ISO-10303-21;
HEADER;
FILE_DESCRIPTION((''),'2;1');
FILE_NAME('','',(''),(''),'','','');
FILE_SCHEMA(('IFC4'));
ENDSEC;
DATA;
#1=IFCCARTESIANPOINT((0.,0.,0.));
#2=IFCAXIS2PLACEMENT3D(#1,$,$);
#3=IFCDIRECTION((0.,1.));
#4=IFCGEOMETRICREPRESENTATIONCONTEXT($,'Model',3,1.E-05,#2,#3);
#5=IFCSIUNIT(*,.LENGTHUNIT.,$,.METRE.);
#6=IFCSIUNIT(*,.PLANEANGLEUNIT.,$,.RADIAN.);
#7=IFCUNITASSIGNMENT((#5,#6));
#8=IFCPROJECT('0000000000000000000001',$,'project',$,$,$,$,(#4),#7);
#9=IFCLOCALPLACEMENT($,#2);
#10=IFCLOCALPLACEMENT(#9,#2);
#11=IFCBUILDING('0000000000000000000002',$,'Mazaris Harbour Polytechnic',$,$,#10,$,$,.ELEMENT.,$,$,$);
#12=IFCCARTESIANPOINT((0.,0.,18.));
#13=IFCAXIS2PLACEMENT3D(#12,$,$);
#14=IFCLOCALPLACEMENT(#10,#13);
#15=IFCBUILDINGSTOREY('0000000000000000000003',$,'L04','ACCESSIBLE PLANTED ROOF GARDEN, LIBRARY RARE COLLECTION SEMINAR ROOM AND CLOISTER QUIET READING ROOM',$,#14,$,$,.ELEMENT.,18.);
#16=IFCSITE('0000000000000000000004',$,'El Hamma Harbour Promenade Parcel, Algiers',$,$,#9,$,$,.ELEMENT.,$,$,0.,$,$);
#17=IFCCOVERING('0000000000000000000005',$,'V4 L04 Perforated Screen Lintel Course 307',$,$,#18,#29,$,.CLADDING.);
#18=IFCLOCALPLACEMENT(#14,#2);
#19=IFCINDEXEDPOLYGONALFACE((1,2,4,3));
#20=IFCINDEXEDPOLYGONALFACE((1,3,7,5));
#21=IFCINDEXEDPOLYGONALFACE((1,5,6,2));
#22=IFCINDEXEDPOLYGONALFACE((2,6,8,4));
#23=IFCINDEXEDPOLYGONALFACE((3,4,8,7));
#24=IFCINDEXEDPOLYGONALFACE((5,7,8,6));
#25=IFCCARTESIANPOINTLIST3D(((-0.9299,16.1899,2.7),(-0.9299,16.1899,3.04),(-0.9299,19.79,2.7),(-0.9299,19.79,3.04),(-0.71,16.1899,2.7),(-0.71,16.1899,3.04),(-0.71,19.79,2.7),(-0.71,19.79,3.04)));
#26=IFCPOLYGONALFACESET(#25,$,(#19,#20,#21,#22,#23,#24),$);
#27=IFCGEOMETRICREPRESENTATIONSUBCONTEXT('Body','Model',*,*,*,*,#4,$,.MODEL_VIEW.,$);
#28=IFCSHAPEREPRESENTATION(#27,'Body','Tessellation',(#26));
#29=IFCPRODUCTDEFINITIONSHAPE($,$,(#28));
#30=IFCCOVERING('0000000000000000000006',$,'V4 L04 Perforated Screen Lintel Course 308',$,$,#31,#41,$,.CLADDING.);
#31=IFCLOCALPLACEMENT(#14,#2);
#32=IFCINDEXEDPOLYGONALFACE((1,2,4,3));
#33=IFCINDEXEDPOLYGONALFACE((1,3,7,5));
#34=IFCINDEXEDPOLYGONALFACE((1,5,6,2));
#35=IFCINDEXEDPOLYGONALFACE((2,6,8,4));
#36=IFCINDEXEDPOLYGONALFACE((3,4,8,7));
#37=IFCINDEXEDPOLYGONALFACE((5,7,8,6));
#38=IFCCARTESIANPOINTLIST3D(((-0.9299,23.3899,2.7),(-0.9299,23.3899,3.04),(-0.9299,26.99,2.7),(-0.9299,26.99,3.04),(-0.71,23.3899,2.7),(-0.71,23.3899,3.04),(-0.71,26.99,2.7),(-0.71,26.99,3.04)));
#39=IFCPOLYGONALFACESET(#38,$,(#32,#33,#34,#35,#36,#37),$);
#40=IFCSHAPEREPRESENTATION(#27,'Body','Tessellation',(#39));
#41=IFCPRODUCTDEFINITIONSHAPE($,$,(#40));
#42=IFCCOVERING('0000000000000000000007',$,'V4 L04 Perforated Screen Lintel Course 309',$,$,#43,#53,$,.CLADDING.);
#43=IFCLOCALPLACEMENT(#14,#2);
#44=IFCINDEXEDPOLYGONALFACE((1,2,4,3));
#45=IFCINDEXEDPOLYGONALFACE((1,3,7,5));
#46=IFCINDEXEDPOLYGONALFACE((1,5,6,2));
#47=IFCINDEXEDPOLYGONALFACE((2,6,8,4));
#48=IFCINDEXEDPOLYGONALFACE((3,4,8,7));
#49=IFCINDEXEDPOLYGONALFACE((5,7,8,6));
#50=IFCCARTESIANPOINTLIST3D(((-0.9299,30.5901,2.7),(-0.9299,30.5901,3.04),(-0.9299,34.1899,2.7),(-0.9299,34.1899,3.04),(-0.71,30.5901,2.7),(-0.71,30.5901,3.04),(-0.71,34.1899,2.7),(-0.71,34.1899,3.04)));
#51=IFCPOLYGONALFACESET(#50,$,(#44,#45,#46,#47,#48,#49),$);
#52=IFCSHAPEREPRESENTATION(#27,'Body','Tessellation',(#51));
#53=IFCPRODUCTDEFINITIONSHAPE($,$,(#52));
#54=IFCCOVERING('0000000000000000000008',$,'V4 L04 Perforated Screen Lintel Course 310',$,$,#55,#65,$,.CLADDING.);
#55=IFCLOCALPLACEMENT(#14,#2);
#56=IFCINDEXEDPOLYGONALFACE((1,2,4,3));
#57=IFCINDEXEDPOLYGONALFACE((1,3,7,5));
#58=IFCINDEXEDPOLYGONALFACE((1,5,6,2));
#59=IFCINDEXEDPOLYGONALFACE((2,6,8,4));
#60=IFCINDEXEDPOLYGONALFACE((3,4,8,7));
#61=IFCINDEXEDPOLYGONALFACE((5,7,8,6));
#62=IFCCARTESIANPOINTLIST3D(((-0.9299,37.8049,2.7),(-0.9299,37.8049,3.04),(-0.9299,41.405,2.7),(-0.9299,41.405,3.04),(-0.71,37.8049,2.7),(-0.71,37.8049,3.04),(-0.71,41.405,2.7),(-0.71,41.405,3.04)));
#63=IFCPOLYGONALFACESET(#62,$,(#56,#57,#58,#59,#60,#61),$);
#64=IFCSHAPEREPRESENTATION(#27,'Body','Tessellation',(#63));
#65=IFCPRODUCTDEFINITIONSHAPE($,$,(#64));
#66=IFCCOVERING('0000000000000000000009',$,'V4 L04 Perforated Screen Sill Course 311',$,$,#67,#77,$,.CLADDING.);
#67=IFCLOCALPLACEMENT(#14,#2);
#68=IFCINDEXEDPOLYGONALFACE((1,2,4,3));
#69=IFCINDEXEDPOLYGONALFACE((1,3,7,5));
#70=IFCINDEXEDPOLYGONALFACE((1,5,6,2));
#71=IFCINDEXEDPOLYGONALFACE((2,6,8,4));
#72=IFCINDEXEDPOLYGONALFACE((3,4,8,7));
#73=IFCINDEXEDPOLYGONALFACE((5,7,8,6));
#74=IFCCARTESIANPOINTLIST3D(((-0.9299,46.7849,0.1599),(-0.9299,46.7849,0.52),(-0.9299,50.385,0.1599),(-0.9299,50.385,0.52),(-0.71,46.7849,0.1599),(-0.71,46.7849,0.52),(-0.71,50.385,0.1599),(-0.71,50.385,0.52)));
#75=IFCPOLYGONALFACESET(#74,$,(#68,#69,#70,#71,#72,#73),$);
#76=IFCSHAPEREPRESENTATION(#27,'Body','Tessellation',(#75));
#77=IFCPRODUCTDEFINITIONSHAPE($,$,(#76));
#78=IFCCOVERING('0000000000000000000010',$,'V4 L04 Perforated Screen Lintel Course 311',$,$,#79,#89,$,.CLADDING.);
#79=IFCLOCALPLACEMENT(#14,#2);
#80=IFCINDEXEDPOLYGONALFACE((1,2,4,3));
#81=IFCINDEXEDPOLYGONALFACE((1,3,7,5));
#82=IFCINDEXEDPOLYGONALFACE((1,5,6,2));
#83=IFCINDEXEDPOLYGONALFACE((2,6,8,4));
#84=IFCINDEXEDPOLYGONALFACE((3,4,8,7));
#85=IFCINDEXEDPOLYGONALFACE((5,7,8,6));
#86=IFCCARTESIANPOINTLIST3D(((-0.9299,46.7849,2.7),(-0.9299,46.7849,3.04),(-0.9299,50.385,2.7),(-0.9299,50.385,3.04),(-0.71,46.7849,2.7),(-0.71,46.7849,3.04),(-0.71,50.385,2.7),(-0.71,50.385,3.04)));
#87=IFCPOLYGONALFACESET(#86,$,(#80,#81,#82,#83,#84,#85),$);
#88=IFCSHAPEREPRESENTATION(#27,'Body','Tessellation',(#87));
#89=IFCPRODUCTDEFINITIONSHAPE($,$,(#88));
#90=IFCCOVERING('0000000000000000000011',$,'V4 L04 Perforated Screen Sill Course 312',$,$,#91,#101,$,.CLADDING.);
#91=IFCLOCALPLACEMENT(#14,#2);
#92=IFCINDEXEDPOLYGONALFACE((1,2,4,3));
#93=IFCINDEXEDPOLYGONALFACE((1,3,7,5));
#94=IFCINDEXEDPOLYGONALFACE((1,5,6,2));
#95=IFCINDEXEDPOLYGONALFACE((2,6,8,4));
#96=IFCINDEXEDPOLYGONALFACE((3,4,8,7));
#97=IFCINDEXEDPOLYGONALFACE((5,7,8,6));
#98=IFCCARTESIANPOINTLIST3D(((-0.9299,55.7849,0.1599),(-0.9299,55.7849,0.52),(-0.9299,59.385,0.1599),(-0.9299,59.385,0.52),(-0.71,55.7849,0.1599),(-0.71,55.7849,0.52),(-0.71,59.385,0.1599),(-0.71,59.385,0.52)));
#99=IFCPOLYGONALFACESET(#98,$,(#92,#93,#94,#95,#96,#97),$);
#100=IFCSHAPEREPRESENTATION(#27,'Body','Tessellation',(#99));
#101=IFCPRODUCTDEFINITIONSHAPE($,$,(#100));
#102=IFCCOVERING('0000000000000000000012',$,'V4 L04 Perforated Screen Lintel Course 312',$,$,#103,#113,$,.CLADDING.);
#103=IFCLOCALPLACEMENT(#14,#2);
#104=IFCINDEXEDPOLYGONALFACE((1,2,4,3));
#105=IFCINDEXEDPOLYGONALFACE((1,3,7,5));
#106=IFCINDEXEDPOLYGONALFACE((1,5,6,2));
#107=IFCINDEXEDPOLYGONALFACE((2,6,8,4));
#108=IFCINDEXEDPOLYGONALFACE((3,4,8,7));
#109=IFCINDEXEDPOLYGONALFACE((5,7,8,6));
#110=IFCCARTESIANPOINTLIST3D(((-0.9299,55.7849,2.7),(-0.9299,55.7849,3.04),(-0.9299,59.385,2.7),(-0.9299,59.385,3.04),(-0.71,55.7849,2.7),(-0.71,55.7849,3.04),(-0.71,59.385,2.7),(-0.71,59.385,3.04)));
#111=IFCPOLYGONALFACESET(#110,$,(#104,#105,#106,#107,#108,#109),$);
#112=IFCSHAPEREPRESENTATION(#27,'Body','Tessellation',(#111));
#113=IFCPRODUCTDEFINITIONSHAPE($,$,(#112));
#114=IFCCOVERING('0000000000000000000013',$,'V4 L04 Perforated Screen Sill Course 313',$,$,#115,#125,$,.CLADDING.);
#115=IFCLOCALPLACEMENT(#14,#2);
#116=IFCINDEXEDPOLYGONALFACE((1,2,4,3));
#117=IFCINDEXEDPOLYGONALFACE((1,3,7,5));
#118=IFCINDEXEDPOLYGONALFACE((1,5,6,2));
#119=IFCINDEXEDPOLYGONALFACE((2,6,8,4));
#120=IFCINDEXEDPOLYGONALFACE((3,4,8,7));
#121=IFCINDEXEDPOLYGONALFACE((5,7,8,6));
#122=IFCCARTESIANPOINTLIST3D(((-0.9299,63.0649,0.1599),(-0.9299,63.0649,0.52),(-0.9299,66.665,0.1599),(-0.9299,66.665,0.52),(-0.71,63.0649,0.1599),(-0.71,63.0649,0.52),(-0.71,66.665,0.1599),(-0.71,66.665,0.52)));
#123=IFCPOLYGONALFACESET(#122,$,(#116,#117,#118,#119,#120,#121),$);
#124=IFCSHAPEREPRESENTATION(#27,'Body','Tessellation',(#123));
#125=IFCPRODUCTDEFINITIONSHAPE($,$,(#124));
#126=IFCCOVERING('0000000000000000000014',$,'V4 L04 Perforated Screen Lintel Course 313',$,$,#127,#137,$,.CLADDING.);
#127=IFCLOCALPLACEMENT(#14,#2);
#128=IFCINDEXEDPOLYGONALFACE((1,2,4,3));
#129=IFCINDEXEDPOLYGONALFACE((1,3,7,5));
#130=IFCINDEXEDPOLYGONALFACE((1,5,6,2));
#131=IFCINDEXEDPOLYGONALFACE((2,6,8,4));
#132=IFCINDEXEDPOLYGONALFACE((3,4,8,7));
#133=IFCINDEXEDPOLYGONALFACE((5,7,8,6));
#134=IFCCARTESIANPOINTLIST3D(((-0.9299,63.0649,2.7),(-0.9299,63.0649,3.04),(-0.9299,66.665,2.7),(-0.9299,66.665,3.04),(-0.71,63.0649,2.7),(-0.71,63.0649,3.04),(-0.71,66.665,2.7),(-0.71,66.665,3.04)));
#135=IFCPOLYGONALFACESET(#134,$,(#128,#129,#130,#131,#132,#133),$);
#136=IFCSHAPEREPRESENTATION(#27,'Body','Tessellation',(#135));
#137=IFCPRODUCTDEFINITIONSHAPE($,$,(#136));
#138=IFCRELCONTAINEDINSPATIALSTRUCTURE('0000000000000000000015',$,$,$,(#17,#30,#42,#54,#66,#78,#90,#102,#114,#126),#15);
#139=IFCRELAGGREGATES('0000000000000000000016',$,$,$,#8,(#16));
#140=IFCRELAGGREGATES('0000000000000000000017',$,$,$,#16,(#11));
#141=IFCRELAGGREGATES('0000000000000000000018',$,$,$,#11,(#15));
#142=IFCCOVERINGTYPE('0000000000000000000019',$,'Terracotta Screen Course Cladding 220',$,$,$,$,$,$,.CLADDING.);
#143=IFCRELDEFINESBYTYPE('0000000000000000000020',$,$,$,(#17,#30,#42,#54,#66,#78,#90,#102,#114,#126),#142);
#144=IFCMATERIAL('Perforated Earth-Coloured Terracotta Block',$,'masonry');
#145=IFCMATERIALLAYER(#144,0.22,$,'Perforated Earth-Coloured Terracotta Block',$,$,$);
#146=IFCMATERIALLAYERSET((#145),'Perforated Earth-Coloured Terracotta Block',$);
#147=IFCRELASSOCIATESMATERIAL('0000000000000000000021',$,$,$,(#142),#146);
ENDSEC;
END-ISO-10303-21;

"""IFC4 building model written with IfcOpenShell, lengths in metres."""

from ifc_helpers import new_model, si_unit, direction, frame, origin, place, context, subcontext, project, spatial, polyline, outline, extrude, material, layer, layer_set, type_object, element, save


model = new_model("IFC4")

# Units and contexts
model_context = context("Model", 3, precision=1e-05, world=origin(), true_north=direction((0.0, 1.0)))
body_context = subcontext(model_context, "Body", "Model", "MODEL_VIEW")
ifc_project = project(units=[si_unit("LENGTHUNIT", "METRE"), si_unit("PLANEANGLEUNIT", "RADIAN")], contexts=[model_context])

# Site, building, storey
site_placement = place(None, origin())
site = spatial("IfcSite", under=ifc_project, at=site_placement, Name="El Hamma Harbour Promenade Parcel, Algiers", CompositionType="ELEMENT", RefElevation=0.0)
building_placement = place(site_placement, origin())
building = spatial("IfcBuilding", under=site, at=building_placement, Name="Mazaris Harbour Polytechnic", CompositionType="ELEMENT")
storey_placement = place(building_placement, frame((0.0, 0.0, 18.0)))
storey = spatial("IfcBuildingStorey", under=building, at=storey_placement, Name="L04", Description="ACCESSIBLE PLANTED ROOF GARDEN, LIBRARY RARE COLLECTION SEMINAR ROOM AND CLOISTER QUIET READING ROOM", CompositionType="ELEMENT", Elevation=18.0)

# Coverings
ifc_material_1 = material(Name="Perforated Earth-Coloured Terracotta Block", Category="masonry")
ifc_layer_1 = layer(ifc_material_1, 0.22, Name="Perforated Earth-Coloured Terracotta Block")
ifc_layer_set_1 = layer_set([ifc_layer_1], Name="Perforated Earth-Coloured Terracotta Block")
covering_type = type_object("IfcCoveringType", Name="Terracotta Screen Course Cladding 220", PredefinedType="CLADDING", material=ifc_layer_set_1)
covering_1_placement = place(storey_placement, frame((0.0, 0.0, 2.7)))
element("IfcCovering", 1, at=covering_1_placement, inside=storey, type_object=covering_type, Name="V4 L04 Perforated Screen Lintel Course 307", PredefinedType="CLADDING", context=body_context, shape_type="SweptSolid", body=[
    extrude(outline(polyline([(-0.71, 16.1899), (-0.71, 19.79), (-0.9299, 19.79), (-0.9299, 16.1899), (-0.71, 16.1899)])), origin(), (0.0, 0.0, 1.0), 0.3401),
])
covering_2_placement = place(storey_placement, frame((0.0, 0.0, 2.7)))
element("IfcCovering", 2, at=covering_2_placement, inside=storey, type_object=covering_type, Name="V4 L04 Perforated Screen Lintel Course 308", PredefinedType="CLADDING", context=body_context, shape_type="SweptSolid", body=[
    extrude(outline(polyline([(-0.71, 23.3899), (-0.71, 26.99), (-0.9299, 26.99), (-0.9299, 23.3899), (-0.71, 23.3899)])), origin(), (0.0, 0.0, 1.0), 0.3401),
])
covering_3_placement = place(storey_placement, frame((0.0, 0.0, 2.7)))
element("IfcCovering", 3, at=covering_3_placement, inside=storey, type_object=covering_type, Name="V4 L04 Perforated Screen Lintel Course 309", PredefinedType="CLADDING", context=body_context, shape_type="SweptSolid", body=[
    extrude(outline(polyline([(-0.71, 30.5901), (-0.71, 34.1899), (-0.9299, 34.1899), (-0.9299, 30.5901), (-0.71, 30.5901)])), origin(), (0.0, 0.0, 1.0), 0.3401),
])
covering_4_placement = place(storey_placement, frame((0.0, 0.0, 2.7)))
element("IfcCovering", 4, at=covering_4_placement, inside=storey, type_object=covering_type, Name="V4 L04 Perforated Screen Lintel Course 310", PredefinedType="CLADDING", context=body_context, shape_type="SweptSolid", body=[
    extrude(outline(polyline([(-0.71, 37.8049), (-0.71, 41.405), (-0.9299, 41.405), (-0.9299, 37.8049), (-0.71, 37.8049)])), origin(), (0.0, 0.0, 1.0), 0.3401),
])
covering_5_placement = place(storey_placement, frame((0.0, 0.0, 0.1599)))
element("IfcCovering", 5, at=covering_5_placement, inside=storey, type_object=covering_type, Name="V4 L04 Perforated Screen Sill Course 311", PredefinedType="CLADDING", context=body_context, shape_type="SweptSolid", body=[
    extrude(outline(polyline([(-0.71, 46.7849), (-0.71, 50.385), (-0.9299, 50.385), (-0.9299, 46.7849), (-0.71, 46.7849)])), origin(), (0.0, 0.0, 1.0), 0.3601),
])
covering_6_placement = place(storey_placement, frame((0.0, 0.0, 2.7)))
element("IfcCovering", 6, at=covering_6_placement, inside=storey, type_object=covering_type, Name="V4 L04 Perforated Screen Lintel Course 311", PredefinedType="CLADDING", context=body_context, shape_type="SweptSolid", body=[
    extrude(outline(polyline([(-0.71, 46.7849), (-0.71, 50.385), (-0.9299, 50.385), (-0.9299, 46.7849), (-0.71, 46.7849)])), origin(), (0.0, 0.0, 1.0), 0.3401),
])
covering_7_placement = place(storey_placement, frame((0.0, 0.0, 0.1599)))
element("IfcCovering", 7, at=covering_7_placement, inside=storey, type_object=covering_type, Name="V4 L04 Perforated Screen Sill Course 312", PredefinedType="CLADDING", context=body_context, shape_type="SweptSolid", body=[
    extrude(outline(polyline([(-0.71, 55.7849), (-0.71, 59.385), (-0.9299, 59.385), (-0.9299, 55.7849), (-0.71, 55.7849)])), origin(), (0.0, 0.0, 1.0), 0.3601),
])
covering_8_placement = place(storey_placement, frame((0.0, 0.0, 2.7)))
element("IfcCovering", 8, at=covering_8_placement, inside=storey, type_object=covering_type, Name="V4 L04 Perforated Screen Lintel Course 312", PredefinedType="CLADDING", context=body_context, shape_type="SweptSolid", body=[
    extrude(outline(polyline([(-0.71, 55.7849), (-0.71, 59.385), (-0.9299, 59.385), (-0.9299, 55.7849), (-0.71, 55.7849)])), origin(), (0.0, 0.0, 1.0), 0.3401),
])
covering_9_placement = place(storey_placement, frame((0.0, 0.0, 0.1599)))
element("IfcCovering", 9, at=covering_9_placement, inside=storey, type_object=covering_type, Name="V4 L04 Perforated Screen Sill Course 313", PredefinedType="CLADDING", context=body_context, shape_type="SweptSolid", body=[
    extrude(outline(polyline([(-0.71, 63.0649), (-0.71, 66.665), (-0.9299, 66.665), (-0.9299, 63.0649), (-0.71, 63.0649)])), origin(), (0.0, 0.0, 1.0), 0.3601),
])
covering_10_placement = place(storey_placement, frame((0.0, 0.0, 2.7)))
element("IfcCovering", 10, at=covering_10_placement, inside=storey, type_object=covering_type, Name="V4 L04 Perforated Screen Lintel Course 313", PredefinedType="CLADDING", context=body_context, shape_type="SweptSolid", body=[
    extrude(outline(polyline([(-0.71, 63.0649), (-0.71, 66.665), (-0.9299, 66.665), (-0.9299, 63.0649), (-0.71, 63.0649)])), origin(), (0.0, 0.0, 1.0), 0.3401),
])

save(model, "model.ifc")
